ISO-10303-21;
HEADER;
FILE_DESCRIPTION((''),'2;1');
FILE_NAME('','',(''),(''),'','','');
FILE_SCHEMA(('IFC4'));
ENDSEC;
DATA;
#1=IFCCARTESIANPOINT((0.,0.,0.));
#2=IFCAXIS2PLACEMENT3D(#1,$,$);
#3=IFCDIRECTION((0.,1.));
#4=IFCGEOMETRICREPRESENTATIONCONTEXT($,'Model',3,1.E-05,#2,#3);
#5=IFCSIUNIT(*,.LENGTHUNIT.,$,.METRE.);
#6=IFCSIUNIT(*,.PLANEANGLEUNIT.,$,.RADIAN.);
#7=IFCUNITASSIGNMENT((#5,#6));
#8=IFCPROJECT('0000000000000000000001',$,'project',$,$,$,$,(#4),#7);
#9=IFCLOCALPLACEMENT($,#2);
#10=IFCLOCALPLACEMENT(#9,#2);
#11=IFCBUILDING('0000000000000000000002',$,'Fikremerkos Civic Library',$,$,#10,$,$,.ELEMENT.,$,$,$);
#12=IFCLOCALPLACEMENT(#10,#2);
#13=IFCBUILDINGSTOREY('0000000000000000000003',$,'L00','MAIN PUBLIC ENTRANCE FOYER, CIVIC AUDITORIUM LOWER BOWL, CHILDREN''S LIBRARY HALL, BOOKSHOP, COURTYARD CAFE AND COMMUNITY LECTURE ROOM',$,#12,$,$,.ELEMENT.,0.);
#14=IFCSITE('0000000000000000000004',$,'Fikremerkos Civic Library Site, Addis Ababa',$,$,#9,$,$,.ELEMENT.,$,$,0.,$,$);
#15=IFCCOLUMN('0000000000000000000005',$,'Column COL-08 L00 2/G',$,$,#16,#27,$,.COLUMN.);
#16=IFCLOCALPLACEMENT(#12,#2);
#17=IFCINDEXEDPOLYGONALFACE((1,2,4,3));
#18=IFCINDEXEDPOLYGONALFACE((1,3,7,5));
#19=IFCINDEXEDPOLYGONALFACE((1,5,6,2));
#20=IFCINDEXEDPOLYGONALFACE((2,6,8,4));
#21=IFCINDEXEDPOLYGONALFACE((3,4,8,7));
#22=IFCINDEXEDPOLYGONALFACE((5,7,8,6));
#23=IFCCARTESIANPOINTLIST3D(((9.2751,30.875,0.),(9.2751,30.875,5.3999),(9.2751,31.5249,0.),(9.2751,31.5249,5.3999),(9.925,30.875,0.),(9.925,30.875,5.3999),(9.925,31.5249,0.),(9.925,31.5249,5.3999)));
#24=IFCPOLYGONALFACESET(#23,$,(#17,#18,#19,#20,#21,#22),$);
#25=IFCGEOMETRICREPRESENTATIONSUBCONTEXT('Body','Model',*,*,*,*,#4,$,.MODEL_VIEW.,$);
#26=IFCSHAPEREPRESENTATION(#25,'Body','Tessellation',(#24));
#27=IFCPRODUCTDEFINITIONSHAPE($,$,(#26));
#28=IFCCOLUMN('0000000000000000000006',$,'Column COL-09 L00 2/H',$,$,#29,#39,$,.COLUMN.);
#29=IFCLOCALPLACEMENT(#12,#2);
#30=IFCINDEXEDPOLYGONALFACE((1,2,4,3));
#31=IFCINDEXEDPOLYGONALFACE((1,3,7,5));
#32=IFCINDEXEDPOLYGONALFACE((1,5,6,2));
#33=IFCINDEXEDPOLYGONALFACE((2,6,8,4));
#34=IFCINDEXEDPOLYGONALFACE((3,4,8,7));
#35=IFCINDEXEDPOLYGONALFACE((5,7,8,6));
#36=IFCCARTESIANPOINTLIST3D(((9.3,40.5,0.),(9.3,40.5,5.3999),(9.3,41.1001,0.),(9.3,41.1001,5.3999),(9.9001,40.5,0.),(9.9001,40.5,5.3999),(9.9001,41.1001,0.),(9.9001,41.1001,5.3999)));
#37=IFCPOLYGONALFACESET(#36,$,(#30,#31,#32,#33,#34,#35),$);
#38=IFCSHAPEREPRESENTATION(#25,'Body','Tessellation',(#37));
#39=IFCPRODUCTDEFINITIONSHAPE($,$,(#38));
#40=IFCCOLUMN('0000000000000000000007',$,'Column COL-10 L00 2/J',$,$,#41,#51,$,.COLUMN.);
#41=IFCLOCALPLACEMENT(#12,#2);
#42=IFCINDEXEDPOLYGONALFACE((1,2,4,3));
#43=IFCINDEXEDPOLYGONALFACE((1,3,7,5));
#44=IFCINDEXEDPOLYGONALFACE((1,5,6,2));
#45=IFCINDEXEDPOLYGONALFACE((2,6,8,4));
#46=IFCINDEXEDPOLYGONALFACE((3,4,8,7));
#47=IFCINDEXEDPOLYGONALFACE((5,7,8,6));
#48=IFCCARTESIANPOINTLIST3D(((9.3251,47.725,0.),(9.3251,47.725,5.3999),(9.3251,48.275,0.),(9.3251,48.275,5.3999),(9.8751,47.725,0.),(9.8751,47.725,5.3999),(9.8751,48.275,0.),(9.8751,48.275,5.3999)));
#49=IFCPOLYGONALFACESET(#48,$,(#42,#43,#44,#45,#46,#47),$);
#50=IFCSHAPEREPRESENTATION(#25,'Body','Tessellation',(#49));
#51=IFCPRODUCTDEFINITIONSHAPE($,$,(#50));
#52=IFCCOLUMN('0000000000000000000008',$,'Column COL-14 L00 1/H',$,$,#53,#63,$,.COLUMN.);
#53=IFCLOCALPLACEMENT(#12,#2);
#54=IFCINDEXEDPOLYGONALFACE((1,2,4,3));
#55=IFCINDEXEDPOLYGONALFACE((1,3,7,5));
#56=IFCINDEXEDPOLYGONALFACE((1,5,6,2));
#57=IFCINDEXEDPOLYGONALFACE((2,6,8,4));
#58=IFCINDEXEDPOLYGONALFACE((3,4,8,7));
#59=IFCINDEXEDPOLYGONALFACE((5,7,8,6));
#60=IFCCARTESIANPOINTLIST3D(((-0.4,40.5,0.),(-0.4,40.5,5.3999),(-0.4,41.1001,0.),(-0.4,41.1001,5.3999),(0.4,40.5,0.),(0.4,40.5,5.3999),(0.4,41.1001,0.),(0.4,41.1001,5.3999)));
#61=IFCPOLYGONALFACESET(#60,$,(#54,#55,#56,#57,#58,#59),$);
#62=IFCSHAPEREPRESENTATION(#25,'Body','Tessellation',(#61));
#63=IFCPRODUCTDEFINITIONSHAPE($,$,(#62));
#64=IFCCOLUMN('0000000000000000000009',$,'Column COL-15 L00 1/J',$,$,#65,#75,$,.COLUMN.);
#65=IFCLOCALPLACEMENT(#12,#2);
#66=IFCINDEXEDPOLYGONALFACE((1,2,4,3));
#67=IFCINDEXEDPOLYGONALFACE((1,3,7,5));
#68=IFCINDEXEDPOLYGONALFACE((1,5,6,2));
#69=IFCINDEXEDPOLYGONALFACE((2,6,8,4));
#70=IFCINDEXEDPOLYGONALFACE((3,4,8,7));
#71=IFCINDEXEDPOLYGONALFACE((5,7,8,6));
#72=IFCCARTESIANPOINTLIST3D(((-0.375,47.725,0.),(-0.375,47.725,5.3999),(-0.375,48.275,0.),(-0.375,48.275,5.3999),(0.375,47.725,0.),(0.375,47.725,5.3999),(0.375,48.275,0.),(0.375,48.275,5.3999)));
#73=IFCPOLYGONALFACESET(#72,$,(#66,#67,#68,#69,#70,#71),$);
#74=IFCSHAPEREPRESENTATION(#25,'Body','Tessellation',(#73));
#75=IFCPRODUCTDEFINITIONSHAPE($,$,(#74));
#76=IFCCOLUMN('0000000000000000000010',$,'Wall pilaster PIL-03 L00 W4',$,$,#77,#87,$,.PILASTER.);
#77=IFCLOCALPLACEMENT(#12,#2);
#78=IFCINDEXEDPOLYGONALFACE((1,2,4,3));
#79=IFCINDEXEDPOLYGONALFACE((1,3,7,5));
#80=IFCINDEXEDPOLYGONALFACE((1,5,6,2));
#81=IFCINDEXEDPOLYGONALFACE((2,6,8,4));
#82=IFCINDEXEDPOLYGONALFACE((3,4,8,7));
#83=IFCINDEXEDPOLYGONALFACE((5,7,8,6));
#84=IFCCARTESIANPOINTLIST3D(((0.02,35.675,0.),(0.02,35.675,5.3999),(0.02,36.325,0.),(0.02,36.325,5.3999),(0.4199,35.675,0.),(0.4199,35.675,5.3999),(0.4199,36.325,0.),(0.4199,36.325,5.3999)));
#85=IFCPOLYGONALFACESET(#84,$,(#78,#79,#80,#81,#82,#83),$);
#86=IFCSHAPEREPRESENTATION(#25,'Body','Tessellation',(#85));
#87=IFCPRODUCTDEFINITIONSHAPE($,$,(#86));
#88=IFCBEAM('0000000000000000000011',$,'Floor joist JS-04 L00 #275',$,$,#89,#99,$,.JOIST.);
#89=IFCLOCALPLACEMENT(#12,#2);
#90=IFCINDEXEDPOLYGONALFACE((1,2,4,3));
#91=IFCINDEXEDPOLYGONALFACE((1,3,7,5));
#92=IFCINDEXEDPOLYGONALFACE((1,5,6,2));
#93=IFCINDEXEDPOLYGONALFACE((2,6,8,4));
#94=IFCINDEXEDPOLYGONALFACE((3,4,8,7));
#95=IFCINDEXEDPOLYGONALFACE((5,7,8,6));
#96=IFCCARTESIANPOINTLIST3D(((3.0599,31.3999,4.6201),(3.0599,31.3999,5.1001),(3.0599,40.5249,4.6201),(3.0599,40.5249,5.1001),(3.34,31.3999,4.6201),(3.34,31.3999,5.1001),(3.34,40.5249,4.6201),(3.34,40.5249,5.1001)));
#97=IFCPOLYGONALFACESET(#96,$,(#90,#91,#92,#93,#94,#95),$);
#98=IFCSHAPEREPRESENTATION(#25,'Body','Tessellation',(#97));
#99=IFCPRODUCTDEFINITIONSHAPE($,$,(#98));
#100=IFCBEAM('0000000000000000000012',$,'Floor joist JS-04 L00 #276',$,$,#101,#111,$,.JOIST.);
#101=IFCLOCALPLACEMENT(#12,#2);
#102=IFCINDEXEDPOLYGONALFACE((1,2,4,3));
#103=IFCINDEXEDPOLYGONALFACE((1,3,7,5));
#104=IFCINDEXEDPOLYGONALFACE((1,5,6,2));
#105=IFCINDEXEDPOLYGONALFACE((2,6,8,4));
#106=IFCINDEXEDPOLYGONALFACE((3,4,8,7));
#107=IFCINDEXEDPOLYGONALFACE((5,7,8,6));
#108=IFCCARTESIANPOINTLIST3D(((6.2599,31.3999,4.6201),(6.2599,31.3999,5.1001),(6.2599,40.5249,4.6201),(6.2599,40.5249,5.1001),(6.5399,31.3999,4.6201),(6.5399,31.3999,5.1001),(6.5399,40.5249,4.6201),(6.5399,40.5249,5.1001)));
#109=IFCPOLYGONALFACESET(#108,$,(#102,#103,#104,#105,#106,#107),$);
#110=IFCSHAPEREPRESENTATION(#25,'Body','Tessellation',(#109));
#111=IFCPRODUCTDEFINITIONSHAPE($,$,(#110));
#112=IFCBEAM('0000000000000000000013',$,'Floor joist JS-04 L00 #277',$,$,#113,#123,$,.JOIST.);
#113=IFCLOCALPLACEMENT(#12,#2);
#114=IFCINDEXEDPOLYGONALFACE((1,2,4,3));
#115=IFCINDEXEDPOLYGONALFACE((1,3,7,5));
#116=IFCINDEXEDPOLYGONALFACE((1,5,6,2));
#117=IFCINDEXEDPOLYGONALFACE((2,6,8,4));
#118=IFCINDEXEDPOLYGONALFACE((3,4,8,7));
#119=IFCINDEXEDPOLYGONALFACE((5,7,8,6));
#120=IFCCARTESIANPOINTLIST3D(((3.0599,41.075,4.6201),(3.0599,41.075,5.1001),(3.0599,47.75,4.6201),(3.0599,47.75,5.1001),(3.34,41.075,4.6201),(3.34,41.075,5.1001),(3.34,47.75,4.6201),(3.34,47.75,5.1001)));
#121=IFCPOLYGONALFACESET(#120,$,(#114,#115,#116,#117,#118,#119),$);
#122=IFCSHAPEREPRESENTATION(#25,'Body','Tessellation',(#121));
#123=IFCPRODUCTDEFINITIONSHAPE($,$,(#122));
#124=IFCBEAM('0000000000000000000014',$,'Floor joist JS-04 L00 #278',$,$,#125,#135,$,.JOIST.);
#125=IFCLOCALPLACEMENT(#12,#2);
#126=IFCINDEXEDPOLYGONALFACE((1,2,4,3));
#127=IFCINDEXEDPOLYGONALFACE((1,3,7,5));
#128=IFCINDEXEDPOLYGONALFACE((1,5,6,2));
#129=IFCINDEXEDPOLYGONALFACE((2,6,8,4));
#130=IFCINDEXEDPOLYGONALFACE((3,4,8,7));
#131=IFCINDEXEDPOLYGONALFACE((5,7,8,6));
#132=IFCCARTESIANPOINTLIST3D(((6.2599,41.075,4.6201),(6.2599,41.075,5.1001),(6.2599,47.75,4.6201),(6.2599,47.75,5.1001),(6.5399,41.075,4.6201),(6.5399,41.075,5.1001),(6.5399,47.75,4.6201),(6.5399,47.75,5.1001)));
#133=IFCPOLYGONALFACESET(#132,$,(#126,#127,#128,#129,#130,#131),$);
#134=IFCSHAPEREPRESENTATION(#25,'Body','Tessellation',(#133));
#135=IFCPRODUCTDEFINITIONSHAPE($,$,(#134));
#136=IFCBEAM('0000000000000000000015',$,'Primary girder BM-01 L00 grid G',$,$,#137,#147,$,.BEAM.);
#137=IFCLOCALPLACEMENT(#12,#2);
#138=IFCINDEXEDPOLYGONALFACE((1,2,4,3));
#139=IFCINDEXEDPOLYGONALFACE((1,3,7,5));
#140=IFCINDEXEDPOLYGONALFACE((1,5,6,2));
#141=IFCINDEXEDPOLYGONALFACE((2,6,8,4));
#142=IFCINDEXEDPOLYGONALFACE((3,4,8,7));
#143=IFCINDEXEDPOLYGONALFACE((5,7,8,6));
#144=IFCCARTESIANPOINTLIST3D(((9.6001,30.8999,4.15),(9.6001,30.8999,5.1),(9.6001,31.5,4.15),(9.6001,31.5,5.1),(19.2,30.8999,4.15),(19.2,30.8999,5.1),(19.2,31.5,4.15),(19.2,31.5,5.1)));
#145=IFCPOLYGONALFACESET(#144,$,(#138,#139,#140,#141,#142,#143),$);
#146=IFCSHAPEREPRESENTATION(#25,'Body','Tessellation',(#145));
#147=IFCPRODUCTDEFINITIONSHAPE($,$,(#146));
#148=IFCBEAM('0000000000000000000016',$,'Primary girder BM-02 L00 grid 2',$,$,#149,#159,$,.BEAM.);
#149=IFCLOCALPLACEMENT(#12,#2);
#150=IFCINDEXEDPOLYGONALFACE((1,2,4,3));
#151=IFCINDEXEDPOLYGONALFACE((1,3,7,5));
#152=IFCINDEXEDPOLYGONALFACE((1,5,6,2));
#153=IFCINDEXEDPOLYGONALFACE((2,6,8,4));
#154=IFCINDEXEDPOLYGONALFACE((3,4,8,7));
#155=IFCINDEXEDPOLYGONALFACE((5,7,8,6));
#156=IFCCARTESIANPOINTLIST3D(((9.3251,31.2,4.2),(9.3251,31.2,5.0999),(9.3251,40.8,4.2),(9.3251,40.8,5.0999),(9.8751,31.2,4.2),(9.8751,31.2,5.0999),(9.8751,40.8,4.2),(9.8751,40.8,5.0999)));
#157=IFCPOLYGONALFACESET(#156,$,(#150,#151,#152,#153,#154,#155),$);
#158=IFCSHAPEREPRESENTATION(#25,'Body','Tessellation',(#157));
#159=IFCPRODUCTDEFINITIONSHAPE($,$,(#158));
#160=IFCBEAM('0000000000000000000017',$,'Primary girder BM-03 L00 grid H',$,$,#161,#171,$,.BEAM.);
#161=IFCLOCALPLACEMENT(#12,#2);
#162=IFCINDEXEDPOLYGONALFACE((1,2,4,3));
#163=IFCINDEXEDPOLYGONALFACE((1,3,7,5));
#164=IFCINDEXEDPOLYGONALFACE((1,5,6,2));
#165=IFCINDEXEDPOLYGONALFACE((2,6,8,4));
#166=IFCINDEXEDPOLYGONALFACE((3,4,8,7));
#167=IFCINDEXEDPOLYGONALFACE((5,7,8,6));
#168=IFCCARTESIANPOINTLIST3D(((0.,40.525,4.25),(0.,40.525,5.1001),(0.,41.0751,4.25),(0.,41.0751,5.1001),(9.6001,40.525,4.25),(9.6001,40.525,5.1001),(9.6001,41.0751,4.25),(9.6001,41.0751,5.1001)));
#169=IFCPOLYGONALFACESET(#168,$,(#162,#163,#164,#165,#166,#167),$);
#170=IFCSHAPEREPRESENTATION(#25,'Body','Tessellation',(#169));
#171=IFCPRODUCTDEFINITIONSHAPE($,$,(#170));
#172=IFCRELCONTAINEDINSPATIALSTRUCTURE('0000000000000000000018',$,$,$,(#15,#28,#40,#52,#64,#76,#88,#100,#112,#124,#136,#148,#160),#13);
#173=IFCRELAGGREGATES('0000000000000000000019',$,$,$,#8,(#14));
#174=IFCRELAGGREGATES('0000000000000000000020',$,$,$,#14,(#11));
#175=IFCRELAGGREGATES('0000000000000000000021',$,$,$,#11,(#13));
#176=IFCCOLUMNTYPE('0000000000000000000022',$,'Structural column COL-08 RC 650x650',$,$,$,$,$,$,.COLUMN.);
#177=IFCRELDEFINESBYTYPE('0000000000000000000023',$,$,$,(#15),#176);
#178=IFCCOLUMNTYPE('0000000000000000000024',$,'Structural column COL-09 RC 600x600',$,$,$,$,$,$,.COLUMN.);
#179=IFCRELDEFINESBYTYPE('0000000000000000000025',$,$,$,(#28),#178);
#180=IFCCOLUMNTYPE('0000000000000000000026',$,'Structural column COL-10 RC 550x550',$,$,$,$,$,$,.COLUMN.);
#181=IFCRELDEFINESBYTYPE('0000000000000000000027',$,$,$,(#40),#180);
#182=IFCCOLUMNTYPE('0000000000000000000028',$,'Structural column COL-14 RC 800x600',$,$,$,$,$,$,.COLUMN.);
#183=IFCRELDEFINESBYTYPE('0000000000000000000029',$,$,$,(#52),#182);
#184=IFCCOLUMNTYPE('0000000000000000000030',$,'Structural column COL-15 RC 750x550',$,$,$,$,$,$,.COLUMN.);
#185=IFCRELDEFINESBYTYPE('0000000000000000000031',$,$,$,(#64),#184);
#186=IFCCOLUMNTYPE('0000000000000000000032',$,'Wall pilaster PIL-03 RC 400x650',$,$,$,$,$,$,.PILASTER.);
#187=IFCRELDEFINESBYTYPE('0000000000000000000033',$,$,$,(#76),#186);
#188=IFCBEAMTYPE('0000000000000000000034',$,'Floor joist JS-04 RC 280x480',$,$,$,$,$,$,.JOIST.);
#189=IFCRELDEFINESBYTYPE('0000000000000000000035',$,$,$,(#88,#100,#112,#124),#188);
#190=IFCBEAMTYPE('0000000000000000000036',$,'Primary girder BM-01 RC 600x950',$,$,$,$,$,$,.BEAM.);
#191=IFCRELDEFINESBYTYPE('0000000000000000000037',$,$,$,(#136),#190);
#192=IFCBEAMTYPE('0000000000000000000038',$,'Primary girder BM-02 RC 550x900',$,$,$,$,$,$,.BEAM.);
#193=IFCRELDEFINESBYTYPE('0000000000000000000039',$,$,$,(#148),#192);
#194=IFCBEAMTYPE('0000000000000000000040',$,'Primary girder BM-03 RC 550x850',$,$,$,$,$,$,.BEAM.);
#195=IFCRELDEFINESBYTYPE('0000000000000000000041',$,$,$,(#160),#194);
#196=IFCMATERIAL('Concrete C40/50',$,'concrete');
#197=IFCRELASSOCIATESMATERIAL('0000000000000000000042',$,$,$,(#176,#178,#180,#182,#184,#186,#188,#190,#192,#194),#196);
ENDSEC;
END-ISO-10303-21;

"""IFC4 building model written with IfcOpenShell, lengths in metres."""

from ifc_helpers import new_model, si_unit, direction, frame, origin, origin_2d, place, context, subcontext, project, spatial, rectangle, extrude, material, material_profile, profile_set, type_object, element, save


model = new_model("IFC4")

# Units and contexts
model_context = context("Model", 3, precision=1e-05, world=origin(), true_north=direction((0.0, 1.0)))
body_context = subcontext(model_context, "Body", "Model", "MODEL_VIEW")
ifc_project = project(units=[si_unit("LENGTHUNIT", "METRE"), si_unit("PLANEANGLEUNIT", "RADIAN")], contexts=[model_context])

# Site, building, storey
site_placement = place(None, origin())
site = spatial("IfcSite", under=ifc_project, at=site_placement, Name="Fikremerkos Civic Library Site, Addis Ababa", CompositionType="ELEMENT", RefElevation=0.0)
building_placement = place(site_placement, origin())
building = spatial("IfcBuilding", under=site, at=building_placement, Name="Fikremerkos Civic Library", CompositionType="ELEMENT")
storey_placement = place(building_placement, origin())
storey = spatial("IfcBuildingStorey", under=building, at=storey_placement, Name="L00", Description="MAIN PUBLIC ENTRANCE FOYER, CIVIC AUDITORIUM LOWER BOWL, CHILDREN'S LIBRARY HALL, BOOKSHOP, COURTYARD CAFE AND COMMUNITY LECTURE ROOM", CompositionType="ELEMENT", Elevation=0.0)

# Columns
ifc_material_1 = material(Name="Concrete C40/50", Category="concrete")
ifc_material_profile_1 = material_profile(ifc_material_1, rectangle(XDim=0.6499, YDim=0.6499, at=origin_2d()), Name="RC 650x650")
ifc_profile_set_1 = profile_set([ifc_material_profile_1], Name="Concrete C40/50")
column_type_1 = type_object("IfcColumnType", Name="Structural column COL-08 RC 650x650", PredefinedType="COLUMN", material=ifc_profile_set_1)
column_1_placement = place(storey_placement, frame((9.6001, 31.2, 0.0), z_axis=(0.0, 0.0, 1.0), x_axis=(1.0, 0.0, 0.0)))
element("IfcColumn", 1, at=column_1_placement, inside=storey, type_object=column_type_1, Name="Column COL-08 L00 2/G", PredefinedType="COLUMN", context=body_context, shape_type="SweptSolid", body=[
    extrude(rectangle(XDim=0.6499, YDim=0.6499, at=origin_2d()), origin(), (0.0, 0.0, 1.0), 5.3999),
])
ifc_material_profile_2 = material_profile(ifc_material_1, rectangle(XDim=0.6001, YDim=0.6001, at=origin_2d()), Name="RC 600x600")
ifc_profile_set_2 = profile_set([ifc_material_profile_2], Name="Concrete C40/50")
column_type_2 = type_object("IfcColumnType", Name="Structural column COL-09 RC 600x600", PredefinedType="COLUMN", material=ifc_profile_set_2)
column_2_placement = place(storey_placement, frame((9.6001, 40.8, 0.0), z_axis=(0.0, 0.0, 1.0), x_axis=(1.0, 0.0, 0.0)))
element("IfcColumn", 2, at=column_2_placement, inside=storey, type_object=column_type_2, Name="Column COL-09 L00 2/H", PredefinedType="COLUMN", context=body_context, shape_type="SweptSolid", body=[
    extrude(rectangle(XDim=0.6001, YDim=0.6001, at=origin_2d()), origin(), (0.0, 0.0, 1.0), 5.3999),
])
ifc_material_profile_3 = material_profile(ifc_material_1, rectangle(XDim=0.55, YDim=0.55, at=origin_2d()), Name="RC 550x550")
ifc_profile_set_3 = profile_set([ifc_material_profile_3], Name="Concrete C40/50")
column_type_3 = type_object("IfcColumnType", Name="Structural column COL-10 RC 550x550", PredefinedType="COLUMN", material=ifc_profile_set_3)
column_3_placement = place(storey_placement, frame((9.6001, 48.0, 0.0), z_axis=(0.0, 0.0, 1.0), x_axis=(1.0, 0.0, 0.0)))
element("IfcColumn", 3, at=column_3_placement, inside=storey, type_object=column_type_3, Name="Column COL-10 L00 2/J", PredefinedType="COLUMN", context=body_context, shape_type="SweptSolid", body=[
    extrude(rectangle(XDim=0.55, YDim=0.55, at=origin_2d()), origin(), (0.0, 0.0, 1.0), 5.3999),
])
ifc_material_profile_4 = material_profile(ifc_material_1, rectangle(XDim=0.8, YDim=0.6001, at=origin_2d()), Name="RC 800x600")
ifc_profile_set_4 = profile_set([ifc_material_profile_4], Name="Concrete C40/50")
column_type_4 = type_object("IfcColumnType", Name="Structural column COL-14 RC 800x600", PredefinedType="COLUMN", material=ifc_profile_set_4)
column_4_placement = place(storey_placement, frame((0.0, 40.8, 0.0), z_axis=(0.0, 0.0, 1.0), x_axis=(1.0, 0.0, 0.0)))
element("IfcColumn", 4, at=column_4_placement, inside=storey, type_object=column_type_4, Name="Column COL-14 L00 1/H", PredefinedType="COLUMN", context=body_context, shape_type="SweptSolid", body=[
    extrude(rectangle(XDim=0.8, YDim=0.6001, at=origin_2d()), origin(), (0.0, 0.0, 1.0), 5.3999),
])
ifc_material_profile_5 = material_profile(ifc_material_1, rectangle(XDim=0.75, YDim=0.55, at=origin_2d()), Name="RC 750x550")
ifc_profile_set_5 = profile_set([ifc_material_profile_5], Name="Concrete C40/50")
column_type_5 = type_object("IfcColumnType", Name="Structural column COL-15 RC 750x550", PredefinedType="COLUMN", material=ifc_profile_set_5)
column_5_placement = place(storey_placement, frame((0.0, 48.0, 0.0), z_axis=(0.0, 0.0, 1.0), x_axis=(1.0, 0.0, 0.0)))
element("IfcColumn", 5, at=column_5_placement, inside=storey, type_object=column_type_5, Name="Column COL-15 L00 1/J", PredefinedType="COLUMN", context=body_context, shape_type="SweptSolid", body=[
    extrude(rectangle(XDim=0.75, YDim=0.55, at=origin_2d()), origin(), (0.0, 0.0, 1.0), 5.3999),
])
ifc_material_profile_6 = material_profile(ifc_material_1, rectangle(XDim=0.3999, YDim=0.6499, at=origin_2d()), Name="RC 400x650")
ifc_profile_set_6 = profile_set([ifc_material_profile_6], Name="Concrete C40/50")
column_type_6 = type_object("IfcColumnType", Name="Wall pilaster PIL-03 RC 400x650", PredefinedType="PILASTER", material=ifc_profile_set_6)
column_6_placement = place(storey_placement, frame((0.22, 36.0, 0.0), z_axis=(0.0, 0.0, 1.0), x_axis=(1.0, 0.0, 0.0)))
element("IfcColumn", 6, at=column_6_placement, inside=storey, type_object=column_type_6, Name="Wall pilaster PIL-03 L00 W4", PredefinedType="PILASTER", context=body_context, shape_type="SweptSolid", body=[
    extrude(rectangle(XDim=0.3999, YDim=0.6499, at=origin_2d()), origin(), (0.0, 0.0, 1.0), 5.3999),
])

# Beams
ifc_material_profile_7 = material_profile(ifc_material_1, rectangle(XDim=0.28, YDim=0.48, at=origin_2d()), Name="RC 280x480")
ifc_profile_set_7 = profile_set([ifc_material_profile_7], Name="Concrete C40/50")
beam_type_1 = type_object("IfcBeamType", Name="Floor joist JS-04 RC 280x480", PredefinedType="JOIST", material=ifc_profile_set_7)
for number, where, z_axis, x_axis, name in (
    (7, (3.2, 31.3999, 4.8601), (0.0, 1.0, 0.0), (-1.0, 0.0, 0.0), "Floor joist JS-04 L00 #275"),
    (8, (6.3999, 31.3999, 4.8601), (0.0, 1.0, 0.0), (-1.0, 0.0, 0.0), "Floor joist JS-04 L00 #276"),
):
    element("IfcBeam", number, at=place(storey_placement, frame(where, z_axis=z_axis, x_axis=x_axis)), inside=storey, type_object=beam_type_1, Name=name, PredefinedType="JOIST", context=body_context, shape_type="SweptSolid", body=[
        extrude(rectangle(XDim=0.28, YDim=0.48, at=origin_2d()), origin(), (0.0, 0.0, 1.0), 9.125),
    ])
for number, where, z_axis, x_axis, name in (
    (9, (3.2, 41.075, 4.8601), (0.0, 1.0, 0.0), (-1.0, 0.0, 0.0), "Floor joist JS-04 L00 #277"),
    (10, (6.3999, 41.075, 4.8601), (0.0, 1.0, 0.0), (-1.0, 0.0, 0.0), "Floor joist JS-04 L00 #278"),
):
    element("IfcBeam", number, at=place(storey_placement, frame(where, z_axis=z_axis, x_axis=x_axis)), inside=storey, type_object=beam_type_1, Name=name, PredefinedType="JOIST", context=body_context, shape_type="SweptSolid", body=[
        extrude(rectangle(XDim=0.28, YDim=0.48, at=origin_2d()), origin(), (0.0, 0.0, 1.0), 6.675),
    ])
ifc_material_profile_8 = material_profile(ifc_material_1, rectangle(XDim=0.6001, YDim=0.95, at=origin_2d()), Name="RC 600x950")
ifc_profile_set_8 = profile_set([ifc_material_profile_8], Name="Concrete C40/50")
beam_type_2 = type_object("IfcBeamType", Name="Primary girder BM-01 RC 600x950", PredefinedType="BEAM", material=ifc_profile_set_8)
beam_1_placement = place(storey_placement, frame((9.6001, 31.2, 4.625), z_axis=(1.0, 0.0, 0.0), x_axis=(0.0, 1.0, 0.0)))
element("IfcBeam", 11, at=beam_1_placement, inside=storey, type_object=beam_type_2, Name="Primary girder BM-01 L00 grid G", PredefinedType="BEAM", context=body_context, shape_type="SweptSolid", body=[
    extrude(rectangle(XDim=0.6001, YDim=0.95, at=origin_2d()), origin(), (0.0, 0.0, 1.0), 9.5999),
])
ifc_material_profile_9 = material_profile(ifc_material_1, rectangle(XDim=0.55, YDim=0.8999, at=origin_2d()), Name="RC 550x900")
ifc_profile_set_9 = profile_set([ifc_material_profile_9], Name="Concrete C40/50")
beam_type_3 = type_object("IfcBeamType", Name="Primary girder BM-02 RC 550x900", PredefinedType="BEAM", material=ifc_profile_set_9)
beam_2_placement = place(storey_placement, frame((9.6001, 31.2, 4.6499), z_axis=(0.0, 1.0, 0.0), x_axis=(-1.0, 0.0, 0.0)))
element("IfcBeam", 12, at=beam_2_placement, inside=storey, type_object=beam_type_3, Name="Primary girder BM-02 L00 grid 2", PredefinedType="BEAM", context=body_context, shape_type="SweptSolid", body=[
    extrude(rectangle(XDim=0.55, YDim=0.8999, at=origin_2d()), origin(), (0.0, 0.0, 1.0), 9.6001),
])
ifc_material_profile_10 = material_profile(ifc_material_1, rectangle(XDim=0.55, YDim=0.8501, at=origin_2d()), Name="RC 550x850")
ifc_profile_set_10 = profile_set([ifc_material_profile_10], Name="Concrete C40/50")
beam_type_4 = type_object("IfcBeamType", Name="Primary girder BM-03 RC 550x850", PredefinedType="BEAM", material=ifc_profile_set_10)
beam_3_placement = place(storey_placement, frame((0.0, 40.8, 4.675), z_axis=(1.0, 0.0, 0.0), x_axis=(0.0, 1.0, 0.0)))
element("IfcBeam", 13, at=beam_3_placement, inside=storey, type_object=beam_type_4, Name="Primary girder BM-03 L00 grid H", PredefinedType="BEAM", context=body_context, shape_type="SweptSolid", body=[
    extrude(rectangle(XDim=0.55, YDim=0.8501, at=origin_2d()), origin(), (0.0, 0.0, 1.0), 9.6001),
])

save(model, "model.ifc")
